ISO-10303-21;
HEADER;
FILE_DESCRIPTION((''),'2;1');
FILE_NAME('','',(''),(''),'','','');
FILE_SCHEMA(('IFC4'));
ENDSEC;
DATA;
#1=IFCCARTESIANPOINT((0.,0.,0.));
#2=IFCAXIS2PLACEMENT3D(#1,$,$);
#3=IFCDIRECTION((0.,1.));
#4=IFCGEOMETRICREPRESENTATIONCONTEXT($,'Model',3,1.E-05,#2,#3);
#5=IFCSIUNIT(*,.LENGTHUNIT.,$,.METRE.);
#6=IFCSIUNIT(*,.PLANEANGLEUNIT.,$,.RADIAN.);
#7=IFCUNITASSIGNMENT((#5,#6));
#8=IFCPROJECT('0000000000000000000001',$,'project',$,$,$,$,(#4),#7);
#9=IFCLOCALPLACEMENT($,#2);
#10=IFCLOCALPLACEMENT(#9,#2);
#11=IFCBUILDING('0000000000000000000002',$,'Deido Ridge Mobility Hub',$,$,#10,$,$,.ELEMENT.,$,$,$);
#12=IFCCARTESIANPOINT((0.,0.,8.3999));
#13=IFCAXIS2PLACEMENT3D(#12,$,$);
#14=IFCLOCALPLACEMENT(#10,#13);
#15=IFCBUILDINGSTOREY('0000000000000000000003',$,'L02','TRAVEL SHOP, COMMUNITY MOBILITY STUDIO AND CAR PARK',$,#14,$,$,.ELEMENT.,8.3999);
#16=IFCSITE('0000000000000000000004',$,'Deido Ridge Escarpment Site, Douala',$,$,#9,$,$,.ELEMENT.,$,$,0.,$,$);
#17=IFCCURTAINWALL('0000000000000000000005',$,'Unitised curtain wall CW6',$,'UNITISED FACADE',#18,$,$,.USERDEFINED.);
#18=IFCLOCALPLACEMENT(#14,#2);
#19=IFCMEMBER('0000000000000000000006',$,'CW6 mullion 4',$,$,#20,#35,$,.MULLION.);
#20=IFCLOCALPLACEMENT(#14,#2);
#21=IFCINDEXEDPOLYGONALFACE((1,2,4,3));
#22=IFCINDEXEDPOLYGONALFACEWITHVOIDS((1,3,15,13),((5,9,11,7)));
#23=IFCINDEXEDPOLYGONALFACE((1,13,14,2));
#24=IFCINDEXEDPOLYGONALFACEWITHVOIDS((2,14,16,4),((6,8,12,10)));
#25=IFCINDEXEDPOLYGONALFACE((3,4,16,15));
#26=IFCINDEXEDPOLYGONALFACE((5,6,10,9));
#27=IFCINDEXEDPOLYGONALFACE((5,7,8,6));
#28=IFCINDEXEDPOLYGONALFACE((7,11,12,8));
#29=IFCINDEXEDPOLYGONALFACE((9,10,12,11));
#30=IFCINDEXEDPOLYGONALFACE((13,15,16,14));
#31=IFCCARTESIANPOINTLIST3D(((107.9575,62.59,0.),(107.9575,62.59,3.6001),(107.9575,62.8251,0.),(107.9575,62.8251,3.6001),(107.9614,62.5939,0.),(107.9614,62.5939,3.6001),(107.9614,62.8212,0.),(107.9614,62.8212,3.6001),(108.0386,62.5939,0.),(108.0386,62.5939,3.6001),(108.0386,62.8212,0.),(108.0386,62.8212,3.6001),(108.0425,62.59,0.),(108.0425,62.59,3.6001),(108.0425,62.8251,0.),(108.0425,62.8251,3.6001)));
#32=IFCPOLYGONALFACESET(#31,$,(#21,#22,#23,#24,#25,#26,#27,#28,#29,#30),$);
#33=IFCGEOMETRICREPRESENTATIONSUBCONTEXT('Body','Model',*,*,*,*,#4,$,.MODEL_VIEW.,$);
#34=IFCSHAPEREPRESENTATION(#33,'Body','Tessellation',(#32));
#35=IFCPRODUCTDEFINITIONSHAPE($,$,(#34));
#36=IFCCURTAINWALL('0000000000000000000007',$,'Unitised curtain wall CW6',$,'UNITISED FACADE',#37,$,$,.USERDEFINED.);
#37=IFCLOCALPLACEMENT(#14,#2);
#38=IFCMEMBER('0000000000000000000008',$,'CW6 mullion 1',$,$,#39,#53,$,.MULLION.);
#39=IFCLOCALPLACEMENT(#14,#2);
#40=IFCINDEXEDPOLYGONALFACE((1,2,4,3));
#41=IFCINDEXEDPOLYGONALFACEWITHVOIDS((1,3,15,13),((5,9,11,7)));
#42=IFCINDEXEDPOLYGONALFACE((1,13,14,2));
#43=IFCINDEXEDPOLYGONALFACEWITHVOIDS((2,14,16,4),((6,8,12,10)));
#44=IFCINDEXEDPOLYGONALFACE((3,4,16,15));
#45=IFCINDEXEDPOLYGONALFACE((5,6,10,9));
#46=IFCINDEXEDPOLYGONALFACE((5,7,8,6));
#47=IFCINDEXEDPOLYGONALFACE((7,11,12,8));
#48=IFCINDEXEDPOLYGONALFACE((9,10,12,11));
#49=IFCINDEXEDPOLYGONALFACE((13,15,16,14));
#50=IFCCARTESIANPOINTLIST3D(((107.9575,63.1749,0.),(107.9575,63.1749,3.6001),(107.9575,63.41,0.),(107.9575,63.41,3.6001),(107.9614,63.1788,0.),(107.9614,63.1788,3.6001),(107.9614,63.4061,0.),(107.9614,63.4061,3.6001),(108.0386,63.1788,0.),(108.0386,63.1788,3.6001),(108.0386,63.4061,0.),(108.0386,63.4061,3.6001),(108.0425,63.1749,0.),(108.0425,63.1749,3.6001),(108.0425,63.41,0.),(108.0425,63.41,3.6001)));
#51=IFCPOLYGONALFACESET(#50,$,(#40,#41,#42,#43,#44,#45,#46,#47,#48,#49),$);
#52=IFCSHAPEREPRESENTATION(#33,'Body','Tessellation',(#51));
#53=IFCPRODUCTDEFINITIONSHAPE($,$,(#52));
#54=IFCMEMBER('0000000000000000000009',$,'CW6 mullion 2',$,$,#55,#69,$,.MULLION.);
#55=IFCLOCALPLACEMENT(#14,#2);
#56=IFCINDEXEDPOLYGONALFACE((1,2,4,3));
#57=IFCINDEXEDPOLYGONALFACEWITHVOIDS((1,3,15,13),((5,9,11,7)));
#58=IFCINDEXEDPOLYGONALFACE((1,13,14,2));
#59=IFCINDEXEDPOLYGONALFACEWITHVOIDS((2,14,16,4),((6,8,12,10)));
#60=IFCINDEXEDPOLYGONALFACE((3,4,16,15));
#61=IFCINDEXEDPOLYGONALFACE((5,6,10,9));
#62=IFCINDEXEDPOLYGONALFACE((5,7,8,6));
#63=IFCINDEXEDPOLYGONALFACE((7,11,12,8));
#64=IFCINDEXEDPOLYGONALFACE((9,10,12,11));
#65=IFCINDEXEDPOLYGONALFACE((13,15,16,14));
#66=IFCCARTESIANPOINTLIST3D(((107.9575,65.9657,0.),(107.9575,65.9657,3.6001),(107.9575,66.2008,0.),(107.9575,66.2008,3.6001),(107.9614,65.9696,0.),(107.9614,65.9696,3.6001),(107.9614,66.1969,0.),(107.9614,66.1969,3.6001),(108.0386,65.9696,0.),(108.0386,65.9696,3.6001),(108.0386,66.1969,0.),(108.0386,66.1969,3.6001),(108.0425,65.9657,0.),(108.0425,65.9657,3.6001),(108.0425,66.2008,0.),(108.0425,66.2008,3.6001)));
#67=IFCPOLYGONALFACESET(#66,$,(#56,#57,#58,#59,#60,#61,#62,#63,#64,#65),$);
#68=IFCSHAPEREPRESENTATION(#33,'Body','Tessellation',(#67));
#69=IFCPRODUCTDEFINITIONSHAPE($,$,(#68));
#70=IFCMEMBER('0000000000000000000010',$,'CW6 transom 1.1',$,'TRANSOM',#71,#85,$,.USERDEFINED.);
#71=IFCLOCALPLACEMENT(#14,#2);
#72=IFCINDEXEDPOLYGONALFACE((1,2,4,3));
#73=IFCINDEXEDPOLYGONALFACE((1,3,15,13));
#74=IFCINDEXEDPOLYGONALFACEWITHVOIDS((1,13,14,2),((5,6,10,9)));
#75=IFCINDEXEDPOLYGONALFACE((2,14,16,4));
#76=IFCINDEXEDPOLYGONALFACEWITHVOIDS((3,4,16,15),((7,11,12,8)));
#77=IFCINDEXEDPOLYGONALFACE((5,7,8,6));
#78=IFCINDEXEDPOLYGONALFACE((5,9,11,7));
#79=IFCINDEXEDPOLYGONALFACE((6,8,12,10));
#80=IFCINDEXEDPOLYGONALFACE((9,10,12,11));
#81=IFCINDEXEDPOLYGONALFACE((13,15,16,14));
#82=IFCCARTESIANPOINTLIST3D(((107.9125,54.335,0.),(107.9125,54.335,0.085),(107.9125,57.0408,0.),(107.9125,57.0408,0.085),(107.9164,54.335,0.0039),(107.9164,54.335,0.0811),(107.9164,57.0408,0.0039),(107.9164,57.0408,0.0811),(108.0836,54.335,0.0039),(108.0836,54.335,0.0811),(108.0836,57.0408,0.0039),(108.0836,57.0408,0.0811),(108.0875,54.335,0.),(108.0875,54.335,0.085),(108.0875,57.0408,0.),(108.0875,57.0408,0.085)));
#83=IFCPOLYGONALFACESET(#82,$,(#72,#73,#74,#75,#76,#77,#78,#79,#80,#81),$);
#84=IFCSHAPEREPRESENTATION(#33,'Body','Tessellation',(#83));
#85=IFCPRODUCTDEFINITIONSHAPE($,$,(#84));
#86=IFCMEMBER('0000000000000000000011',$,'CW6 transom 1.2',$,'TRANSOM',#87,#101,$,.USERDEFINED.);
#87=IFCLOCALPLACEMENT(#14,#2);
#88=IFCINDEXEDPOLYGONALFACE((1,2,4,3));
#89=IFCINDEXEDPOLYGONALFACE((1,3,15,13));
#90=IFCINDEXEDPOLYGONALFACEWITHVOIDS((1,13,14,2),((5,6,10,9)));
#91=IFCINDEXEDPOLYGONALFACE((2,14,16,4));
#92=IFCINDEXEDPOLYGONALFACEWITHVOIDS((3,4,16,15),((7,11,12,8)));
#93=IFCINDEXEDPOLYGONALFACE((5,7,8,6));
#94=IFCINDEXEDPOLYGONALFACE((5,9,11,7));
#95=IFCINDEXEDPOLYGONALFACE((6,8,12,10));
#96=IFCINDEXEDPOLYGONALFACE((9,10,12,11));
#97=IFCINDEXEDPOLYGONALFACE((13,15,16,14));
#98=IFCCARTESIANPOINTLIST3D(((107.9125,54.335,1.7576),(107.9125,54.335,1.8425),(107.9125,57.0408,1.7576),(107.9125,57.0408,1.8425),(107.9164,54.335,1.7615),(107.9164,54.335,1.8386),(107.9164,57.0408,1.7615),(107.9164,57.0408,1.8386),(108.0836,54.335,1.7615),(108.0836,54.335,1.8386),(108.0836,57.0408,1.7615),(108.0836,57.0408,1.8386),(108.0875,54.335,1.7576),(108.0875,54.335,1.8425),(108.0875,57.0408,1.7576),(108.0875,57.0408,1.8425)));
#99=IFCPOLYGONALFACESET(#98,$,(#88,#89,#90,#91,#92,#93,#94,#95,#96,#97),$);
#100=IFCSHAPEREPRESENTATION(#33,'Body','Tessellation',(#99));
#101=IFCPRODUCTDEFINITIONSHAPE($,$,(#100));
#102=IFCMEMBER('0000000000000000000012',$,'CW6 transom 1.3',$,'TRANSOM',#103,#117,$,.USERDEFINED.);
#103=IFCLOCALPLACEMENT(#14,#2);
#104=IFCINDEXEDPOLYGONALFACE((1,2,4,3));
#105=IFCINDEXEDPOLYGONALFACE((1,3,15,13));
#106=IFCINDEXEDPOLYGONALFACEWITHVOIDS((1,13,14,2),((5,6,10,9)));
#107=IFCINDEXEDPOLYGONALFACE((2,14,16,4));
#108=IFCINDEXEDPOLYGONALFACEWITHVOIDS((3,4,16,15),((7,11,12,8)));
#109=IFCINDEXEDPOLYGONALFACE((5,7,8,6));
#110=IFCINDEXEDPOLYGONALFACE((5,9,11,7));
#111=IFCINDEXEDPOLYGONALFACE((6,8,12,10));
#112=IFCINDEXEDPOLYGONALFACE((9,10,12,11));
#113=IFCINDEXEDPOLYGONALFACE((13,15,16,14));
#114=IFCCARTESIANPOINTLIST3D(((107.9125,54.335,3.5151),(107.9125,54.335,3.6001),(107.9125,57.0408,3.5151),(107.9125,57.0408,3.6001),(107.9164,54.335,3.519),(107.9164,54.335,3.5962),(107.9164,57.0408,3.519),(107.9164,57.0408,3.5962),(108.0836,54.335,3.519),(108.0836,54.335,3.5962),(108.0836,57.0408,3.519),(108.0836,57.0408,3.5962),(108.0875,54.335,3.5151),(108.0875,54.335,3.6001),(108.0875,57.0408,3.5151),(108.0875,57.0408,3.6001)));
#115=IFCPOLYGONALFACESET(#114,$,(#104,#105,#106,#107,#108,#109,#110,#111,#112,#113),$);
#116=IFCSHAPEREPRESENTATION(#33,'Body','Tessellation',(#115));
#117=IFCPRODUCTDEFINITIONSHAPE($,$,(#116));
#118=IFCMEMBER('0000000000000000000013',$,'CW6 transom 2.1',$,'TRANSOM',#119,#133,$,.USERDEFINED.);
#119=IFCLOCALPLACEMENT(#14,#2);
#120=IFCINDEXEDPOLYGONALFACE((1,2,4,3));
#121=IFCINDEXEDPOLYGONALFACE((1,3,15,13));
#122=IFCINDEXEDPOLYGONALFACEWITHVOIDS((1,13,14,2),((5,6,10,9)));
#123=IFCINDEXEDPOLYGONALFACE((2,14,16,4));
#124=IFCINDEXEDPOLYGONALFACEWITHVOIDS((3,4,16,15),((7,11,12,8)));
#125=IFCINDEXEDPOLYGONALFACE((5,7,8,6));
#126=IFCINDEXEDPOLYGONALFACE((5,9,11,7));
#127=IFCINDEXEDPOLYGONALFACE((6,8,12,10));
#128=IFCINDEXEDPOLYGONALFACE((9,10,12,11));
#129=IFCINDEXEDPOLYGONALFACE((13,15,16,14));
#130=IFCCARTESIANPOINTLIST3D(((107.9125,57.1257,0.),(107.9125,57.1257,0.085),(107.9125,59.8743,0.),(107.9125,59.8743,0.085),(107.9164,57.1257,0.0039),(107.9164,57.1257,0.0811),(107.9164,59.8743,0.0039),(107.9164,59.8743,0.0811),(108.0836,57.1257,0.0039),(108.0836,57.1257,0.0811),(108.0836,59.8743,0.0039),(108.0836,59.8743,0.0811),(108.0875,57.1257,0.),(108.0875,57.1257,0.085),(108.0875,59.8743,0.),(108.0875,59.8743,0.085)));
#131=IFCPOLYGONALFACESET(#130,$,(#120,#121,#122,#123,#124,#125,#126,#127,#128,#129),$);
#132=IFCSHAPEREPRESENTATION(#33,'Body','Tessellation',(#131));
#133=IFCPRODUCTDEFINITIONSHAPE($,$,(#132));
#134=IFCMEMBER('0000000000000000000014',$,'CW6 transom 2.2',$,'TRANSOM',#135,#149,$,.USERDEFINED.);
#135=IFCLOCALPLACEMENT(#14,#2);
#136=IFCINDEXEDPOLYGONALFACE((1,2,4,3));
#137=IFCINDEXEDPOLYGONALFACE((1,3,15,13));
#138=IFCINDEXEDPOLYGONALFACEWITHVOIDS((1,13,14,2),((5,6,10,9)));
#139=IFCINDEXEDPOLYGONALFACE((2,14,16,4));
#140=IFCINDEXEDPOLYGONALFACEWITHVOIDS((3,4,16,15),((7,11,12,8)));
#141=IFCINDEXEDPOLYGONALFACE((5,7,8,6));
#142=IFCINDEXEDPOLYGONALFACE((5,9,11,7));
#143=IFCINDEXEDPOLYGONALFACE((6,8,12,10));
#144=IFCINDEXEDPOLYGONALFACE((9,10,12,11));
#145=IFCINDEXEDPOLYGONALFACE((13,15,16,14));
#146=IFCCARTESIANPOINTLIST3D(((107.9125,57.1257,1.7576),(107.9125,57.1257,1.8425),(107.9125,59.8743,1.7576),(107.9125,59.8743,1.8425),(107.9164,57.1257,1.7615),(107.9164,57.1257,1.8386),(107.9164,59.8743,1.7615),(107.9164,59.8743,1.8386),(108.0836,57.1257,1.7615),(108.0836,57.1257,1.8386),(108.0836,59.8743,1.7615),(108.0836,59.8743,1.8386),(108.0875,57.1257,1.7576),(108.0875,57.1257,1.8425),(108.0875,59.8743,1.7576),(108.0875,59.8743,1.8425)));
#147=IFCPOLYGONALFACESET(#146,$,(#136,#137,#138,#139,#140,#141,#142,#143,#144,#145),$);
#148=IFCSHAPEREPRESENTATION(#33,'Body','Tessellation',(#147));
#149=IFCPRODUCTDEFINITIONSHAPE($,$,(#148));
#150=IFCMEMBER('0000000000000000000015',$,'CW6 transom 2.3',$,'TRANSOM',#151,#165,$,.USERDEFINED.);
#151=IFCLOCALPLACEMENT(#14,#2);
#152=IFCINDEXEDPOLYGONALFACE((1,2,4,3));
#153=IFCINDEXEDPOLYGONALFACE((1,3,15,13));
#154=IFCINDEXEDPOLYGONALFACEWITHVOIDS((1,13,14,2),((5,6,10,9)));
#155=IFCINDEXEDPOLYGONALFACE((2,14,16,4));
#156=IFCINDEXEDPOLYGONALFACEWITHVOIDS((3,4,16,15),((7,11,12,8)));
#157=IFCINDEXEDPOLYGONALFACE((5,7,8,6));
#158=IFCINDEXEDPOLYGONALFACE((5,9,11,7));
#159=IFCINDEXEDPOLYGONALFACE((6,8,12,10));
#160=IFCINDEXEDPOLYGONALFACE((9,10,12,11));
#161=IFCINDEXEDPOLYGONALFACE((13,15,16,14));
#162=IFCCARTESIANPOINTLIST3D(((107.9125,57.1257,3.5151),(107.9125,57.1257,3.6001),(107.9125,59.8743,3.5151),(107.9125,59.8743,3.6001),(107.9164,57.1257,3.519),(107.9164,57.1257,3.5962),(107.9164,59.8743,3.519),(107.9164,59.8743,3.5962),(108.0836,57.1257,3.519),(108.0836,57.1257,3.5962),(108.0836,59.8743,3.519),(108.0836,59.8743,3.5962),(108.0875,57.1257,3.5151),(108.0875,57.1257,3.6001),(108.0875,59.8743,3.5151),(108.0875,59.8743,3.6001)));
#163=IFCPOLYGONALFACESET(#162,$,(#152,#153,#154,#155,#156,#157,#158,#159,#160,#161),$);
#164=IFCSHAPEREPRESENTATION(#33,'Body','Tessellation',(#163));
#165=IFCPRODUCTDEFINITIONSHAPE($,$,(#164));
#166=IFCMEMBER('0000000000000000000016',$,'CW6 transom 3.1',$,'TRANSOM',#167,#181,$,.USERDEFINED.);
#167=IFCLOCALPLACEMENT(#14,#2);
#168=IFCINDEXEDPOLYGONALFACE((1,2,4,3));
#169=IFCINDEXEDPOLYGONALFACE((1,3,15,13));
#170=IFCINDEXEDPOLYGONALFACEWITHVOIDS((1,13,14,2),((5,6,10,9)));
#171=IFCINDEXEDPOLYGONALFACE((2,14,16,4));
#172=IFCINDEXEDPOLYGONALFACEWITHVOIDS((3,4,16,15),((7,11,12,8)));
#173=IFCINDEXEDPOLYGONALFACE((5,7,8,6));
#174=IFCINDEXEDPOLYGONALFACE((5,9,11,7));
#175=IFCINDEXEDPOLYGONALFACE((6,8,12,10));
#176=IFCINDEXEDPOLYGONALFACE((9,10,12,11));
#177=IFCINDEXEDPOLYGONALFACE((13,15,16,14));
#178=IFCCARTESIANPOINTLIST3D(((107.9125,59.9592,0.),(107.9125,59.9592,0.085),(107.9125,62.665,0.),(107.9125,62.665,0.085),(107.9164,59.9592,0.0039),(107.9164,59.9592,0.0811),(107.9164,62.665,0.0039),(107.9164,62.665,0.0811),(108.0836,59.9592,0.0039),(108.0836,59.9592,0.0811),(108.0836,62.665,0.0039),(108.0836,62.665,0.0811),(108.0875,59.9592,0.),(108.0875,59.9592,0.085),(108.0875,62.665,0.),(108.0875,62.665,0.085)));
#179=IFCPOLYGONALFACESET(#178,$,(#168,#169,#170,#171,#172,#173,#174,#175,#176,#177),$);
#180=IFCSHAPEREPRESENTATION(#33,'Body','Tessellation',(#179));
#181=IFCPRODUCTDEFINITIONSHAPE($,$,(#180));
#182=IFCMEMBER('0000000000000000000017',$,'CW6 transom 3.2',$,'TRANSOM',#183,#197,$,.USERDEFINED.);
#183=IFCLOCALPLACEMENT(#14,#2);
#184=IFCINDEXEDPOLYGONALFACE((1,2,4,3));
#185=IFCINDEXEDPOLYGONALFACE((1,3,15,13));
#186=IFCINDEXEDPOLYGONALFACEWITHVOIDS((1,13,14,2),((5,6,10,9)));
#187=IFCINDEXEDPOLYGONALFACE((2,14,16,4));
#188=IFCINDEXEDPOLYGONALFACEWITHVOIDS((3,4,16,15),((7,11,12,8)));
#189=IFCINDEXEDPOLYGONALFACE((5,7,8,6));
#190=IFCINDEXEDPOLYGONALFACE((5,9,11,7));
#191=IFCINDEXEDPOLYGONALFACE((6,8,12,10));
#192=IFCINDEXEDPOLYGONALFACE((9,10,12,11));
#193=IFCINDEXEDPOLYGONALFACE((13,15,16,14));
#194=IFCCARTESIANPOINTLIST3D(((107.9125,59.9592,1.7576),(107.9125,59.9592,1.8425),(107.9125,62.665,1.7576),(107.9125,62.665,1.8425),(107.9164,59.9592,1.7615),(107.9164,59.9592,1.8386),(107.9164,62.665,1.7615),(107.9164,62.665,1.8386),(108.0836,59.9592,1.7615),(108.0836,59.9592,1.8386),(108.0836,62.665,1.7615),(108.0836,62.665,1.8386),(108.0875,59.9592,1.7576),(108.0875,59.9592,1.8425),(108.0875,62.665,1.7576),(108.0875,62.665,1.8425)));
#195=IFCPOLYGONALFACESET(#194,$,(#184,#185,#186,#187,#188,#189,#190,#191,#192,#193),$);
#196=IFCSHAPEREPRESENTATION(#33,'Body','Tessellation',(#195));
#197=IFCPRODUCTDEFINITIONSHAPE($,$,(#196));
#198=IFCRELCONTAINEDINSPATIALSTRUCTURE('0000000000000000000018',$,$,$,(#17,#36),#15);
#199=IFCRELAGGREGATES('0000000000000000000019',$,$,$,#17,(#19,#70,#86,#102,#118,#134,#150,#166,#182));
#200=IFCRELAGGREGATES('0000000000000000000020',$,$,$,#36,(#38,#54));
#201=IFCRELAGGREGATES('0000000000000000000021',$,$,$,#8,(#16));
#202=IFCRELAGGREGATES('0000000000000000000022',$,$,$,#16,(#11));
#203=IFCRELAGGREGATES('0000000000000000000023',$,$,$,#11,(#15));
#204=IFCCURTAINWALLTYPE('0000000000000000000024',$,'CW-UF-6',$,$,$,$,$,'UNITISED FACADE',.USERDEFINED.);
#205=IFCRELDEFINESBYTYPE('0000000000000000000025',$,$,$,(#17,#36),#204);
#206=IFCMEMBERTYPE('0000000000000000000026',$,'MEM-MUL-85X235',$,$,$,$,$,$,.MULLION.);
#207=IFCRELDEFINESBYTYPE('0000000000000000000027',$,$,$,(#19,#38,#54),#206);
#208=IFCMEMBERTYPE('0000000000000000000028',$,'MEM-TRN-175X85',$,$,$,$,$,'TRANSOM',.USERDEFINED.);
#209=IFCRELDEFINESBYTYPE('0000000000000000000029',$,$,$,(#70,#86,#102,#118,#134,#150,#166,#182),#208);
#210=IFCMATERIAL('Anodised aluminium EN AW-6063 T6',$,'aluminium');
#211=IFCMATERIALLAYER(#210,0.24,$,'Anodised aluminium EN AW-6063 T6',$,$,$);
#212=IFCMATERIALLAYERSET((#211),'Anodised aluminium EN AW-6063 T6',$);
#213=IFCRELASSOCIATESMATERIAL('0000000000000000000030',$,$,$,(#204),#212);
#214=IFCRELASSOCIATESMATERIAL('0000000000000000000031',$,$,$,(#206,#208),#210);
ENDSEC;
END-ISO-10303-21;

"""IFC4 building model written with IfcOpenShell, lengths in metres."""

from ifc_helpers import new_model, si_unit, direction, frame, origin, origin_2d, place, context, subcontext, project, spatial, hollow_rectangle, extrude, material, layer, layer_set, material_profile, profile_set, type_object, element, aggregate, save


model = new_model("IFC4")

# Units and contexts
model_context = context("Model", 3, precision=1e-05, world=origin(), true_north=direction((0.0, 1.0)))
body_context = subcontext(model_context, "Body", "Model", "MODEL_VIEW")
ifc_project = project(units=[si_unit("LENGTHUNIT", "METRE"), si_unit("PLANEANGLEUNIT", "RADIAN")], contexts=[model_context])

# Site, building, storey
site_placement = place(None, origin())
site = spatial("IfcSite", under=ifc_project, at=site_placement, Name="Deido Ridge Escarpment Site, Douala", CompositionType="ELEMENT", RefElevation=0.0)
building_placement = place(site_placement, origin())
building = spatial("IfcBuilding", under=site, at=building_placement, Name="Deido Ridge Mobility Hub", CompositionType="ELEMENT")
storey_placement = place(building_placement, frame((0.0, 0.0, 8.3999)))
storey = spatial("IfcBuildingStorey", under=building, at=storey_placement, Name="L02", Description="TRAVEL SHOP, COMMUNITY MOBILITY STUDIO AND CAR PARK", CompositionType="ELEMENT", Elevation=8.3999)

# Curtain walls, members
ifc_material_1 = material(Name="Anodised aluminium EN AW-6063 T6", Category="aluminium")
ifc_layer_1 = layer(ifc_material_1, 0.24, Name="Anodised aluminium EN AW-6063 T6")
ifc_layer_set_1 = layer_set([ifc_layer_1], Name="Anodised aluminium EN AW-6063 T6")
curtain_wall_type = type_object("IfcCurtainWallType", Name="CW-UF-6", ElementType="UNITISED FACADE", PredefinedType="USERDEFINED", material=ifc_layer_set_1)
curtain_wall_1_placement = place(storey_placement, origin())
curtain_wall_1 = element("IfcCurtainWall", 1, at=curtain_wall_1_placement, inside=storey, type_object=curtain_wall_type, Name="Unitised curtain wall CW6", ObjectType="UNITISED FACADE", PredefinedType="USERDEFINED")
ifc_material_profile_1 = material_profile(ifc_material_1, hollow_rectangle(XDim=0.085, YDim=0.2351, WallThickness=0.0039, at=origin_2d()), Name="RHS 85x235x4")
ifc_profile_set_1 = profile_set([ifc_material_profile_1], Name="Anodised aluminium EN AW-6063 T6")
member_type_1 = type_object("IfcMemberType", Name="MEM-MUL-85X235", PredefinedType="MULLION", material=ifc_profile_set_1)
member_1_placement = place(storey_placement, frame((108.0, 62.7075, 0.0), z_axis=(0.0, 0.0, 1.0), x_axis=(-1.0, 0.0, 0.0)))
member_1 = element("IfcMember", 2, at=member_1_placement, type_object=member_type_1, Name="CW6 mullion 4", PredefinedType="MULLION", context=body_context, shape_type="SweptSolid", body=[
    extrude(hollow_rectangle(XDim=0.085, YDim=0.2351, WallThickness=0.0039, at=origin_2d()), origin(), (0.0, 0.0, 1.0), 3.6001),
])
curtain_wall_2_placement = place(storey_placement, origin())
curtain_wall_2 = element("IfcCurtainWall", 3, at=curtain_wall_2_placement, inside=storey, type_object=curtain_wall_type, Name="Unitised curtain wall CW6", ObjectType="UNITISED FACADE", PredefinedType="USERDEFINED")
member_2_placement = place(storey_placement, frame((108.0, 63.2925, 0.0), z_axis=(0.0, 0.0, 1.0), x_axis=(-1.0, 0.0, 0.0)))
member_2 = element("IfcMember", 4, at=member_2_placement, type_object=member_type_1, Name="CW6 mullion 1", PredefinedType="MULLION", context=body_context, shape_type="SweptSolid", body=[
    extrude(hollow_rectangle(XDim=0.085, YDim=0.2351, WallThickness=0.0039, at=origin_2d()), origin(), (0.0, 0.0, 1.0), 3.6001),
])
member_3_placement = place(storey_placement, frame((108.0, 66.0833, 0.0), z_axis=(0.0, 0.0, 1.0), x_axis=(-1.0, 0.0, 0.0)))
member_3 = element("IfcMember", 5, at=member_3_placement, type_object=member_type_1, Name="CW6 mullion 2", PredefinedType="MULLION", context=body_context, shape_type="SweptSolid", body=[
    extrude(hollow_rectangle(XDim=0.085, YDim=0.2351, WallThickness=0.0039, at=origin_2d()), origin(), (0.0, 0.0, 1.0), 3.6001),
])

# Members
ifc_material_profile_2 = material_profile(ifc_material_1, hollow_rectangle(XDim=0.175, YDim=0.085, WallThickness=0.0039, at=origin_2d()), Name="RHS 175x85x4")
ifc_profile_set_2 = profile_set([ifc_material_profile_2], Name="Anodised aluminium EN AW-6063 T6")
member_type_2 = type_object("IfcMemberType", Name="MEM-TRN-175X85", ElementType="TRANSOM", PredefinedType="USERDEFINED", material=ifc_profile_set_2)
member_4_placement = place(storey_placement, frame((108.0, 54.335, 0.0425), z_axis=(0.0, 1.0, 0.0), x_axis=(-1.0, 0.0, 0.0)))
member_4 = element("IfcMember", 6, at=member_4_placement, type_object=member_type_2, Name="CW6 transom 1.1", ObjectType="TRANSOM", PredefinedType="USERDEFINED", context=body_context, shape_type="SweptSolid", body=[
    extrude(hollow_rectangle(XDim=0.175, YDim=0.085, WallThickness=0.0039, at=origin_2d()), origin(), (0.0, 0.0, 1.0), 2.7058),
])
member_5_placement = place(storey_placement, frame((108.0, 54.335, 1.8), z_axis=(0.0, 1.0, 0.0), x_axis=(-1.0, 0.0, 0.0)))
member_5 = element("IfcMember", 7, at=member_5_placement, type_object=member_type_2, Name="CW6 transom 1.2", ObjectType="TRANSOM", PredefinedType="USERDEFINED", context=body_context, shape_type="SweptSolid", body=[
    extrude(hollow_rectangle(XDim=0.175, YDim=0.085, WallThickness=0.0039, at=origin_2d()), origin(), (0.0, 0.0, 1.0), 2.7058),
])
member_6_placement = place(storey_placement, frame((108.0, 54.335, 3.5576), z_axis=(0.0, 1.0, 0.0), x_axis=(-1.0, 0.0, 0.0)))
member_6 = element("IfcMember", 8, at=member_6_placement, type_object=member_type_2, Name="CW6 transom 1.3", ObjectType="TRANSOM", PredefinedType="USERDEFINED", context=body_context, shape_type="SweptSolid", body=[
    extrude(hollow_rectangle(XDim=0.175, YDim=0.085, WallThickness=0.0039, at=origin_2d()), origin(), (0.0, 0.0, 1.0), 2.7058),
])
member_7_placement = place(storey_placement, frame((108.0, 57.1257, 0.0425), z_axis=(0.0, 1.0, 0.0), x_axis=(-1.0, 0.0, 0.0)))
member_7 = element("IfcMember", 9, at=member_7_placement, type_object=member_type_2, Name="CW6 transom 2.1", ObjectType="TRANSOM", PredefinedType="USERDEFINED", context=body_context, shape_type="SweptSolid", body=[
    extrude(hollow_rectangle(XDim=0.175, YDim=0.085, WallThickness=0.0039, at=origin_2d()), origin(), (0.0, 0.0, 1.0), 2.7485),
])
member_8_placement = place(storey_placement, frame((108.0, 57.1257, 1.8), z_axis=(0.0, 1.0, 0.0), x_axis=(-1.0, 0.0, 0.0)))
member_8 = element("IfcMember", 10, at=member_8_placement, type_object=member_type_2, Name="CW6 transom 2.2", ObjectType="TRANSOM", PredefinedType="USERDEFINED", context=body_context, shape_type="SweptSolid", body=[
    extrude(hollow_rectangle(XDim=0.175, YDim=0.085, WallThickness=0.0039, at=origin_2d()), origin(), (0.0, 0.0, 1.0), 2.7485),
])
member_9_placement = place(storey_placement, frame((108.0, 57.1257, 3.5576), z_axis=(0.0, 1.0, 0.0), x_axis=(-1.0, 0.0, 0.0)))
member_9 = element("IfcMember", 11, at=member_9_placement, type_object=member_type_2, Name="CW6 transom 2.3", ObjectType="TRANSOM", PredefinedType="USERDEFINED", context=body_context, shape_type="SweptSolid", body=[
    extrude(hollow_rectangle(XDim=0.175, YDim=0.085, WallThickness=0.0039, at=origin_2d()), origin(), (0.0, 0.0, 1.0), 2.7485),
])
member_10_placement = place(storey_placement, frame((108.0, 59.9592, 0.0425), z_axis=(0.0, 1.0, 0.0), x_axis=(-1.0, 0.0, 0.0)))
member_10 = element("IfcMember", 12, at=member_10_placement, type_object=member_type_2, Name="CW6 transom 3.1", ObjectType="TRANSOM", PredefinedType="USERDEFINED", context=body_context, shape_type="SweptSolid", body=[
    extrude(hollow_rectangle(XDim=0.175, YDim=0.085, WallThickness=0.0039, at=origin_2d()), origin(), (0.0, 0.0, 1.0), 2.7058),
])
member_11_placement = place(storey_placement, frame((108.0, 59.9592, 1.8), z_axis=(0.0, 1.0, 0.0), x_axis=(-1.0, 0.0, 0.0)))
member_11 = element("IfcMember", 13, at=member_11_placement, type_object=member_type_2, Name="CW6 transom 3.2", ObjectType="TRANSOM", PredefinedType="USERDEFINED", context=body_context, shape_type="SweptSolid", body=[
    extrude(hollow_rectangle(XDim=0.175, YDim=0.085, WallThickness=0.0039, at=origin_2d()), origin(), (0.0, 0.0, 1.0), 2.7058),
])

aggregate(curtain_wall_1, [member_1, member_4, member_5, member_6, member_7, member_8, member_9, member_10, member_11])
aggregate(curtain_wall_2, [member_2, member_3])

save(model, "model.ifc")
